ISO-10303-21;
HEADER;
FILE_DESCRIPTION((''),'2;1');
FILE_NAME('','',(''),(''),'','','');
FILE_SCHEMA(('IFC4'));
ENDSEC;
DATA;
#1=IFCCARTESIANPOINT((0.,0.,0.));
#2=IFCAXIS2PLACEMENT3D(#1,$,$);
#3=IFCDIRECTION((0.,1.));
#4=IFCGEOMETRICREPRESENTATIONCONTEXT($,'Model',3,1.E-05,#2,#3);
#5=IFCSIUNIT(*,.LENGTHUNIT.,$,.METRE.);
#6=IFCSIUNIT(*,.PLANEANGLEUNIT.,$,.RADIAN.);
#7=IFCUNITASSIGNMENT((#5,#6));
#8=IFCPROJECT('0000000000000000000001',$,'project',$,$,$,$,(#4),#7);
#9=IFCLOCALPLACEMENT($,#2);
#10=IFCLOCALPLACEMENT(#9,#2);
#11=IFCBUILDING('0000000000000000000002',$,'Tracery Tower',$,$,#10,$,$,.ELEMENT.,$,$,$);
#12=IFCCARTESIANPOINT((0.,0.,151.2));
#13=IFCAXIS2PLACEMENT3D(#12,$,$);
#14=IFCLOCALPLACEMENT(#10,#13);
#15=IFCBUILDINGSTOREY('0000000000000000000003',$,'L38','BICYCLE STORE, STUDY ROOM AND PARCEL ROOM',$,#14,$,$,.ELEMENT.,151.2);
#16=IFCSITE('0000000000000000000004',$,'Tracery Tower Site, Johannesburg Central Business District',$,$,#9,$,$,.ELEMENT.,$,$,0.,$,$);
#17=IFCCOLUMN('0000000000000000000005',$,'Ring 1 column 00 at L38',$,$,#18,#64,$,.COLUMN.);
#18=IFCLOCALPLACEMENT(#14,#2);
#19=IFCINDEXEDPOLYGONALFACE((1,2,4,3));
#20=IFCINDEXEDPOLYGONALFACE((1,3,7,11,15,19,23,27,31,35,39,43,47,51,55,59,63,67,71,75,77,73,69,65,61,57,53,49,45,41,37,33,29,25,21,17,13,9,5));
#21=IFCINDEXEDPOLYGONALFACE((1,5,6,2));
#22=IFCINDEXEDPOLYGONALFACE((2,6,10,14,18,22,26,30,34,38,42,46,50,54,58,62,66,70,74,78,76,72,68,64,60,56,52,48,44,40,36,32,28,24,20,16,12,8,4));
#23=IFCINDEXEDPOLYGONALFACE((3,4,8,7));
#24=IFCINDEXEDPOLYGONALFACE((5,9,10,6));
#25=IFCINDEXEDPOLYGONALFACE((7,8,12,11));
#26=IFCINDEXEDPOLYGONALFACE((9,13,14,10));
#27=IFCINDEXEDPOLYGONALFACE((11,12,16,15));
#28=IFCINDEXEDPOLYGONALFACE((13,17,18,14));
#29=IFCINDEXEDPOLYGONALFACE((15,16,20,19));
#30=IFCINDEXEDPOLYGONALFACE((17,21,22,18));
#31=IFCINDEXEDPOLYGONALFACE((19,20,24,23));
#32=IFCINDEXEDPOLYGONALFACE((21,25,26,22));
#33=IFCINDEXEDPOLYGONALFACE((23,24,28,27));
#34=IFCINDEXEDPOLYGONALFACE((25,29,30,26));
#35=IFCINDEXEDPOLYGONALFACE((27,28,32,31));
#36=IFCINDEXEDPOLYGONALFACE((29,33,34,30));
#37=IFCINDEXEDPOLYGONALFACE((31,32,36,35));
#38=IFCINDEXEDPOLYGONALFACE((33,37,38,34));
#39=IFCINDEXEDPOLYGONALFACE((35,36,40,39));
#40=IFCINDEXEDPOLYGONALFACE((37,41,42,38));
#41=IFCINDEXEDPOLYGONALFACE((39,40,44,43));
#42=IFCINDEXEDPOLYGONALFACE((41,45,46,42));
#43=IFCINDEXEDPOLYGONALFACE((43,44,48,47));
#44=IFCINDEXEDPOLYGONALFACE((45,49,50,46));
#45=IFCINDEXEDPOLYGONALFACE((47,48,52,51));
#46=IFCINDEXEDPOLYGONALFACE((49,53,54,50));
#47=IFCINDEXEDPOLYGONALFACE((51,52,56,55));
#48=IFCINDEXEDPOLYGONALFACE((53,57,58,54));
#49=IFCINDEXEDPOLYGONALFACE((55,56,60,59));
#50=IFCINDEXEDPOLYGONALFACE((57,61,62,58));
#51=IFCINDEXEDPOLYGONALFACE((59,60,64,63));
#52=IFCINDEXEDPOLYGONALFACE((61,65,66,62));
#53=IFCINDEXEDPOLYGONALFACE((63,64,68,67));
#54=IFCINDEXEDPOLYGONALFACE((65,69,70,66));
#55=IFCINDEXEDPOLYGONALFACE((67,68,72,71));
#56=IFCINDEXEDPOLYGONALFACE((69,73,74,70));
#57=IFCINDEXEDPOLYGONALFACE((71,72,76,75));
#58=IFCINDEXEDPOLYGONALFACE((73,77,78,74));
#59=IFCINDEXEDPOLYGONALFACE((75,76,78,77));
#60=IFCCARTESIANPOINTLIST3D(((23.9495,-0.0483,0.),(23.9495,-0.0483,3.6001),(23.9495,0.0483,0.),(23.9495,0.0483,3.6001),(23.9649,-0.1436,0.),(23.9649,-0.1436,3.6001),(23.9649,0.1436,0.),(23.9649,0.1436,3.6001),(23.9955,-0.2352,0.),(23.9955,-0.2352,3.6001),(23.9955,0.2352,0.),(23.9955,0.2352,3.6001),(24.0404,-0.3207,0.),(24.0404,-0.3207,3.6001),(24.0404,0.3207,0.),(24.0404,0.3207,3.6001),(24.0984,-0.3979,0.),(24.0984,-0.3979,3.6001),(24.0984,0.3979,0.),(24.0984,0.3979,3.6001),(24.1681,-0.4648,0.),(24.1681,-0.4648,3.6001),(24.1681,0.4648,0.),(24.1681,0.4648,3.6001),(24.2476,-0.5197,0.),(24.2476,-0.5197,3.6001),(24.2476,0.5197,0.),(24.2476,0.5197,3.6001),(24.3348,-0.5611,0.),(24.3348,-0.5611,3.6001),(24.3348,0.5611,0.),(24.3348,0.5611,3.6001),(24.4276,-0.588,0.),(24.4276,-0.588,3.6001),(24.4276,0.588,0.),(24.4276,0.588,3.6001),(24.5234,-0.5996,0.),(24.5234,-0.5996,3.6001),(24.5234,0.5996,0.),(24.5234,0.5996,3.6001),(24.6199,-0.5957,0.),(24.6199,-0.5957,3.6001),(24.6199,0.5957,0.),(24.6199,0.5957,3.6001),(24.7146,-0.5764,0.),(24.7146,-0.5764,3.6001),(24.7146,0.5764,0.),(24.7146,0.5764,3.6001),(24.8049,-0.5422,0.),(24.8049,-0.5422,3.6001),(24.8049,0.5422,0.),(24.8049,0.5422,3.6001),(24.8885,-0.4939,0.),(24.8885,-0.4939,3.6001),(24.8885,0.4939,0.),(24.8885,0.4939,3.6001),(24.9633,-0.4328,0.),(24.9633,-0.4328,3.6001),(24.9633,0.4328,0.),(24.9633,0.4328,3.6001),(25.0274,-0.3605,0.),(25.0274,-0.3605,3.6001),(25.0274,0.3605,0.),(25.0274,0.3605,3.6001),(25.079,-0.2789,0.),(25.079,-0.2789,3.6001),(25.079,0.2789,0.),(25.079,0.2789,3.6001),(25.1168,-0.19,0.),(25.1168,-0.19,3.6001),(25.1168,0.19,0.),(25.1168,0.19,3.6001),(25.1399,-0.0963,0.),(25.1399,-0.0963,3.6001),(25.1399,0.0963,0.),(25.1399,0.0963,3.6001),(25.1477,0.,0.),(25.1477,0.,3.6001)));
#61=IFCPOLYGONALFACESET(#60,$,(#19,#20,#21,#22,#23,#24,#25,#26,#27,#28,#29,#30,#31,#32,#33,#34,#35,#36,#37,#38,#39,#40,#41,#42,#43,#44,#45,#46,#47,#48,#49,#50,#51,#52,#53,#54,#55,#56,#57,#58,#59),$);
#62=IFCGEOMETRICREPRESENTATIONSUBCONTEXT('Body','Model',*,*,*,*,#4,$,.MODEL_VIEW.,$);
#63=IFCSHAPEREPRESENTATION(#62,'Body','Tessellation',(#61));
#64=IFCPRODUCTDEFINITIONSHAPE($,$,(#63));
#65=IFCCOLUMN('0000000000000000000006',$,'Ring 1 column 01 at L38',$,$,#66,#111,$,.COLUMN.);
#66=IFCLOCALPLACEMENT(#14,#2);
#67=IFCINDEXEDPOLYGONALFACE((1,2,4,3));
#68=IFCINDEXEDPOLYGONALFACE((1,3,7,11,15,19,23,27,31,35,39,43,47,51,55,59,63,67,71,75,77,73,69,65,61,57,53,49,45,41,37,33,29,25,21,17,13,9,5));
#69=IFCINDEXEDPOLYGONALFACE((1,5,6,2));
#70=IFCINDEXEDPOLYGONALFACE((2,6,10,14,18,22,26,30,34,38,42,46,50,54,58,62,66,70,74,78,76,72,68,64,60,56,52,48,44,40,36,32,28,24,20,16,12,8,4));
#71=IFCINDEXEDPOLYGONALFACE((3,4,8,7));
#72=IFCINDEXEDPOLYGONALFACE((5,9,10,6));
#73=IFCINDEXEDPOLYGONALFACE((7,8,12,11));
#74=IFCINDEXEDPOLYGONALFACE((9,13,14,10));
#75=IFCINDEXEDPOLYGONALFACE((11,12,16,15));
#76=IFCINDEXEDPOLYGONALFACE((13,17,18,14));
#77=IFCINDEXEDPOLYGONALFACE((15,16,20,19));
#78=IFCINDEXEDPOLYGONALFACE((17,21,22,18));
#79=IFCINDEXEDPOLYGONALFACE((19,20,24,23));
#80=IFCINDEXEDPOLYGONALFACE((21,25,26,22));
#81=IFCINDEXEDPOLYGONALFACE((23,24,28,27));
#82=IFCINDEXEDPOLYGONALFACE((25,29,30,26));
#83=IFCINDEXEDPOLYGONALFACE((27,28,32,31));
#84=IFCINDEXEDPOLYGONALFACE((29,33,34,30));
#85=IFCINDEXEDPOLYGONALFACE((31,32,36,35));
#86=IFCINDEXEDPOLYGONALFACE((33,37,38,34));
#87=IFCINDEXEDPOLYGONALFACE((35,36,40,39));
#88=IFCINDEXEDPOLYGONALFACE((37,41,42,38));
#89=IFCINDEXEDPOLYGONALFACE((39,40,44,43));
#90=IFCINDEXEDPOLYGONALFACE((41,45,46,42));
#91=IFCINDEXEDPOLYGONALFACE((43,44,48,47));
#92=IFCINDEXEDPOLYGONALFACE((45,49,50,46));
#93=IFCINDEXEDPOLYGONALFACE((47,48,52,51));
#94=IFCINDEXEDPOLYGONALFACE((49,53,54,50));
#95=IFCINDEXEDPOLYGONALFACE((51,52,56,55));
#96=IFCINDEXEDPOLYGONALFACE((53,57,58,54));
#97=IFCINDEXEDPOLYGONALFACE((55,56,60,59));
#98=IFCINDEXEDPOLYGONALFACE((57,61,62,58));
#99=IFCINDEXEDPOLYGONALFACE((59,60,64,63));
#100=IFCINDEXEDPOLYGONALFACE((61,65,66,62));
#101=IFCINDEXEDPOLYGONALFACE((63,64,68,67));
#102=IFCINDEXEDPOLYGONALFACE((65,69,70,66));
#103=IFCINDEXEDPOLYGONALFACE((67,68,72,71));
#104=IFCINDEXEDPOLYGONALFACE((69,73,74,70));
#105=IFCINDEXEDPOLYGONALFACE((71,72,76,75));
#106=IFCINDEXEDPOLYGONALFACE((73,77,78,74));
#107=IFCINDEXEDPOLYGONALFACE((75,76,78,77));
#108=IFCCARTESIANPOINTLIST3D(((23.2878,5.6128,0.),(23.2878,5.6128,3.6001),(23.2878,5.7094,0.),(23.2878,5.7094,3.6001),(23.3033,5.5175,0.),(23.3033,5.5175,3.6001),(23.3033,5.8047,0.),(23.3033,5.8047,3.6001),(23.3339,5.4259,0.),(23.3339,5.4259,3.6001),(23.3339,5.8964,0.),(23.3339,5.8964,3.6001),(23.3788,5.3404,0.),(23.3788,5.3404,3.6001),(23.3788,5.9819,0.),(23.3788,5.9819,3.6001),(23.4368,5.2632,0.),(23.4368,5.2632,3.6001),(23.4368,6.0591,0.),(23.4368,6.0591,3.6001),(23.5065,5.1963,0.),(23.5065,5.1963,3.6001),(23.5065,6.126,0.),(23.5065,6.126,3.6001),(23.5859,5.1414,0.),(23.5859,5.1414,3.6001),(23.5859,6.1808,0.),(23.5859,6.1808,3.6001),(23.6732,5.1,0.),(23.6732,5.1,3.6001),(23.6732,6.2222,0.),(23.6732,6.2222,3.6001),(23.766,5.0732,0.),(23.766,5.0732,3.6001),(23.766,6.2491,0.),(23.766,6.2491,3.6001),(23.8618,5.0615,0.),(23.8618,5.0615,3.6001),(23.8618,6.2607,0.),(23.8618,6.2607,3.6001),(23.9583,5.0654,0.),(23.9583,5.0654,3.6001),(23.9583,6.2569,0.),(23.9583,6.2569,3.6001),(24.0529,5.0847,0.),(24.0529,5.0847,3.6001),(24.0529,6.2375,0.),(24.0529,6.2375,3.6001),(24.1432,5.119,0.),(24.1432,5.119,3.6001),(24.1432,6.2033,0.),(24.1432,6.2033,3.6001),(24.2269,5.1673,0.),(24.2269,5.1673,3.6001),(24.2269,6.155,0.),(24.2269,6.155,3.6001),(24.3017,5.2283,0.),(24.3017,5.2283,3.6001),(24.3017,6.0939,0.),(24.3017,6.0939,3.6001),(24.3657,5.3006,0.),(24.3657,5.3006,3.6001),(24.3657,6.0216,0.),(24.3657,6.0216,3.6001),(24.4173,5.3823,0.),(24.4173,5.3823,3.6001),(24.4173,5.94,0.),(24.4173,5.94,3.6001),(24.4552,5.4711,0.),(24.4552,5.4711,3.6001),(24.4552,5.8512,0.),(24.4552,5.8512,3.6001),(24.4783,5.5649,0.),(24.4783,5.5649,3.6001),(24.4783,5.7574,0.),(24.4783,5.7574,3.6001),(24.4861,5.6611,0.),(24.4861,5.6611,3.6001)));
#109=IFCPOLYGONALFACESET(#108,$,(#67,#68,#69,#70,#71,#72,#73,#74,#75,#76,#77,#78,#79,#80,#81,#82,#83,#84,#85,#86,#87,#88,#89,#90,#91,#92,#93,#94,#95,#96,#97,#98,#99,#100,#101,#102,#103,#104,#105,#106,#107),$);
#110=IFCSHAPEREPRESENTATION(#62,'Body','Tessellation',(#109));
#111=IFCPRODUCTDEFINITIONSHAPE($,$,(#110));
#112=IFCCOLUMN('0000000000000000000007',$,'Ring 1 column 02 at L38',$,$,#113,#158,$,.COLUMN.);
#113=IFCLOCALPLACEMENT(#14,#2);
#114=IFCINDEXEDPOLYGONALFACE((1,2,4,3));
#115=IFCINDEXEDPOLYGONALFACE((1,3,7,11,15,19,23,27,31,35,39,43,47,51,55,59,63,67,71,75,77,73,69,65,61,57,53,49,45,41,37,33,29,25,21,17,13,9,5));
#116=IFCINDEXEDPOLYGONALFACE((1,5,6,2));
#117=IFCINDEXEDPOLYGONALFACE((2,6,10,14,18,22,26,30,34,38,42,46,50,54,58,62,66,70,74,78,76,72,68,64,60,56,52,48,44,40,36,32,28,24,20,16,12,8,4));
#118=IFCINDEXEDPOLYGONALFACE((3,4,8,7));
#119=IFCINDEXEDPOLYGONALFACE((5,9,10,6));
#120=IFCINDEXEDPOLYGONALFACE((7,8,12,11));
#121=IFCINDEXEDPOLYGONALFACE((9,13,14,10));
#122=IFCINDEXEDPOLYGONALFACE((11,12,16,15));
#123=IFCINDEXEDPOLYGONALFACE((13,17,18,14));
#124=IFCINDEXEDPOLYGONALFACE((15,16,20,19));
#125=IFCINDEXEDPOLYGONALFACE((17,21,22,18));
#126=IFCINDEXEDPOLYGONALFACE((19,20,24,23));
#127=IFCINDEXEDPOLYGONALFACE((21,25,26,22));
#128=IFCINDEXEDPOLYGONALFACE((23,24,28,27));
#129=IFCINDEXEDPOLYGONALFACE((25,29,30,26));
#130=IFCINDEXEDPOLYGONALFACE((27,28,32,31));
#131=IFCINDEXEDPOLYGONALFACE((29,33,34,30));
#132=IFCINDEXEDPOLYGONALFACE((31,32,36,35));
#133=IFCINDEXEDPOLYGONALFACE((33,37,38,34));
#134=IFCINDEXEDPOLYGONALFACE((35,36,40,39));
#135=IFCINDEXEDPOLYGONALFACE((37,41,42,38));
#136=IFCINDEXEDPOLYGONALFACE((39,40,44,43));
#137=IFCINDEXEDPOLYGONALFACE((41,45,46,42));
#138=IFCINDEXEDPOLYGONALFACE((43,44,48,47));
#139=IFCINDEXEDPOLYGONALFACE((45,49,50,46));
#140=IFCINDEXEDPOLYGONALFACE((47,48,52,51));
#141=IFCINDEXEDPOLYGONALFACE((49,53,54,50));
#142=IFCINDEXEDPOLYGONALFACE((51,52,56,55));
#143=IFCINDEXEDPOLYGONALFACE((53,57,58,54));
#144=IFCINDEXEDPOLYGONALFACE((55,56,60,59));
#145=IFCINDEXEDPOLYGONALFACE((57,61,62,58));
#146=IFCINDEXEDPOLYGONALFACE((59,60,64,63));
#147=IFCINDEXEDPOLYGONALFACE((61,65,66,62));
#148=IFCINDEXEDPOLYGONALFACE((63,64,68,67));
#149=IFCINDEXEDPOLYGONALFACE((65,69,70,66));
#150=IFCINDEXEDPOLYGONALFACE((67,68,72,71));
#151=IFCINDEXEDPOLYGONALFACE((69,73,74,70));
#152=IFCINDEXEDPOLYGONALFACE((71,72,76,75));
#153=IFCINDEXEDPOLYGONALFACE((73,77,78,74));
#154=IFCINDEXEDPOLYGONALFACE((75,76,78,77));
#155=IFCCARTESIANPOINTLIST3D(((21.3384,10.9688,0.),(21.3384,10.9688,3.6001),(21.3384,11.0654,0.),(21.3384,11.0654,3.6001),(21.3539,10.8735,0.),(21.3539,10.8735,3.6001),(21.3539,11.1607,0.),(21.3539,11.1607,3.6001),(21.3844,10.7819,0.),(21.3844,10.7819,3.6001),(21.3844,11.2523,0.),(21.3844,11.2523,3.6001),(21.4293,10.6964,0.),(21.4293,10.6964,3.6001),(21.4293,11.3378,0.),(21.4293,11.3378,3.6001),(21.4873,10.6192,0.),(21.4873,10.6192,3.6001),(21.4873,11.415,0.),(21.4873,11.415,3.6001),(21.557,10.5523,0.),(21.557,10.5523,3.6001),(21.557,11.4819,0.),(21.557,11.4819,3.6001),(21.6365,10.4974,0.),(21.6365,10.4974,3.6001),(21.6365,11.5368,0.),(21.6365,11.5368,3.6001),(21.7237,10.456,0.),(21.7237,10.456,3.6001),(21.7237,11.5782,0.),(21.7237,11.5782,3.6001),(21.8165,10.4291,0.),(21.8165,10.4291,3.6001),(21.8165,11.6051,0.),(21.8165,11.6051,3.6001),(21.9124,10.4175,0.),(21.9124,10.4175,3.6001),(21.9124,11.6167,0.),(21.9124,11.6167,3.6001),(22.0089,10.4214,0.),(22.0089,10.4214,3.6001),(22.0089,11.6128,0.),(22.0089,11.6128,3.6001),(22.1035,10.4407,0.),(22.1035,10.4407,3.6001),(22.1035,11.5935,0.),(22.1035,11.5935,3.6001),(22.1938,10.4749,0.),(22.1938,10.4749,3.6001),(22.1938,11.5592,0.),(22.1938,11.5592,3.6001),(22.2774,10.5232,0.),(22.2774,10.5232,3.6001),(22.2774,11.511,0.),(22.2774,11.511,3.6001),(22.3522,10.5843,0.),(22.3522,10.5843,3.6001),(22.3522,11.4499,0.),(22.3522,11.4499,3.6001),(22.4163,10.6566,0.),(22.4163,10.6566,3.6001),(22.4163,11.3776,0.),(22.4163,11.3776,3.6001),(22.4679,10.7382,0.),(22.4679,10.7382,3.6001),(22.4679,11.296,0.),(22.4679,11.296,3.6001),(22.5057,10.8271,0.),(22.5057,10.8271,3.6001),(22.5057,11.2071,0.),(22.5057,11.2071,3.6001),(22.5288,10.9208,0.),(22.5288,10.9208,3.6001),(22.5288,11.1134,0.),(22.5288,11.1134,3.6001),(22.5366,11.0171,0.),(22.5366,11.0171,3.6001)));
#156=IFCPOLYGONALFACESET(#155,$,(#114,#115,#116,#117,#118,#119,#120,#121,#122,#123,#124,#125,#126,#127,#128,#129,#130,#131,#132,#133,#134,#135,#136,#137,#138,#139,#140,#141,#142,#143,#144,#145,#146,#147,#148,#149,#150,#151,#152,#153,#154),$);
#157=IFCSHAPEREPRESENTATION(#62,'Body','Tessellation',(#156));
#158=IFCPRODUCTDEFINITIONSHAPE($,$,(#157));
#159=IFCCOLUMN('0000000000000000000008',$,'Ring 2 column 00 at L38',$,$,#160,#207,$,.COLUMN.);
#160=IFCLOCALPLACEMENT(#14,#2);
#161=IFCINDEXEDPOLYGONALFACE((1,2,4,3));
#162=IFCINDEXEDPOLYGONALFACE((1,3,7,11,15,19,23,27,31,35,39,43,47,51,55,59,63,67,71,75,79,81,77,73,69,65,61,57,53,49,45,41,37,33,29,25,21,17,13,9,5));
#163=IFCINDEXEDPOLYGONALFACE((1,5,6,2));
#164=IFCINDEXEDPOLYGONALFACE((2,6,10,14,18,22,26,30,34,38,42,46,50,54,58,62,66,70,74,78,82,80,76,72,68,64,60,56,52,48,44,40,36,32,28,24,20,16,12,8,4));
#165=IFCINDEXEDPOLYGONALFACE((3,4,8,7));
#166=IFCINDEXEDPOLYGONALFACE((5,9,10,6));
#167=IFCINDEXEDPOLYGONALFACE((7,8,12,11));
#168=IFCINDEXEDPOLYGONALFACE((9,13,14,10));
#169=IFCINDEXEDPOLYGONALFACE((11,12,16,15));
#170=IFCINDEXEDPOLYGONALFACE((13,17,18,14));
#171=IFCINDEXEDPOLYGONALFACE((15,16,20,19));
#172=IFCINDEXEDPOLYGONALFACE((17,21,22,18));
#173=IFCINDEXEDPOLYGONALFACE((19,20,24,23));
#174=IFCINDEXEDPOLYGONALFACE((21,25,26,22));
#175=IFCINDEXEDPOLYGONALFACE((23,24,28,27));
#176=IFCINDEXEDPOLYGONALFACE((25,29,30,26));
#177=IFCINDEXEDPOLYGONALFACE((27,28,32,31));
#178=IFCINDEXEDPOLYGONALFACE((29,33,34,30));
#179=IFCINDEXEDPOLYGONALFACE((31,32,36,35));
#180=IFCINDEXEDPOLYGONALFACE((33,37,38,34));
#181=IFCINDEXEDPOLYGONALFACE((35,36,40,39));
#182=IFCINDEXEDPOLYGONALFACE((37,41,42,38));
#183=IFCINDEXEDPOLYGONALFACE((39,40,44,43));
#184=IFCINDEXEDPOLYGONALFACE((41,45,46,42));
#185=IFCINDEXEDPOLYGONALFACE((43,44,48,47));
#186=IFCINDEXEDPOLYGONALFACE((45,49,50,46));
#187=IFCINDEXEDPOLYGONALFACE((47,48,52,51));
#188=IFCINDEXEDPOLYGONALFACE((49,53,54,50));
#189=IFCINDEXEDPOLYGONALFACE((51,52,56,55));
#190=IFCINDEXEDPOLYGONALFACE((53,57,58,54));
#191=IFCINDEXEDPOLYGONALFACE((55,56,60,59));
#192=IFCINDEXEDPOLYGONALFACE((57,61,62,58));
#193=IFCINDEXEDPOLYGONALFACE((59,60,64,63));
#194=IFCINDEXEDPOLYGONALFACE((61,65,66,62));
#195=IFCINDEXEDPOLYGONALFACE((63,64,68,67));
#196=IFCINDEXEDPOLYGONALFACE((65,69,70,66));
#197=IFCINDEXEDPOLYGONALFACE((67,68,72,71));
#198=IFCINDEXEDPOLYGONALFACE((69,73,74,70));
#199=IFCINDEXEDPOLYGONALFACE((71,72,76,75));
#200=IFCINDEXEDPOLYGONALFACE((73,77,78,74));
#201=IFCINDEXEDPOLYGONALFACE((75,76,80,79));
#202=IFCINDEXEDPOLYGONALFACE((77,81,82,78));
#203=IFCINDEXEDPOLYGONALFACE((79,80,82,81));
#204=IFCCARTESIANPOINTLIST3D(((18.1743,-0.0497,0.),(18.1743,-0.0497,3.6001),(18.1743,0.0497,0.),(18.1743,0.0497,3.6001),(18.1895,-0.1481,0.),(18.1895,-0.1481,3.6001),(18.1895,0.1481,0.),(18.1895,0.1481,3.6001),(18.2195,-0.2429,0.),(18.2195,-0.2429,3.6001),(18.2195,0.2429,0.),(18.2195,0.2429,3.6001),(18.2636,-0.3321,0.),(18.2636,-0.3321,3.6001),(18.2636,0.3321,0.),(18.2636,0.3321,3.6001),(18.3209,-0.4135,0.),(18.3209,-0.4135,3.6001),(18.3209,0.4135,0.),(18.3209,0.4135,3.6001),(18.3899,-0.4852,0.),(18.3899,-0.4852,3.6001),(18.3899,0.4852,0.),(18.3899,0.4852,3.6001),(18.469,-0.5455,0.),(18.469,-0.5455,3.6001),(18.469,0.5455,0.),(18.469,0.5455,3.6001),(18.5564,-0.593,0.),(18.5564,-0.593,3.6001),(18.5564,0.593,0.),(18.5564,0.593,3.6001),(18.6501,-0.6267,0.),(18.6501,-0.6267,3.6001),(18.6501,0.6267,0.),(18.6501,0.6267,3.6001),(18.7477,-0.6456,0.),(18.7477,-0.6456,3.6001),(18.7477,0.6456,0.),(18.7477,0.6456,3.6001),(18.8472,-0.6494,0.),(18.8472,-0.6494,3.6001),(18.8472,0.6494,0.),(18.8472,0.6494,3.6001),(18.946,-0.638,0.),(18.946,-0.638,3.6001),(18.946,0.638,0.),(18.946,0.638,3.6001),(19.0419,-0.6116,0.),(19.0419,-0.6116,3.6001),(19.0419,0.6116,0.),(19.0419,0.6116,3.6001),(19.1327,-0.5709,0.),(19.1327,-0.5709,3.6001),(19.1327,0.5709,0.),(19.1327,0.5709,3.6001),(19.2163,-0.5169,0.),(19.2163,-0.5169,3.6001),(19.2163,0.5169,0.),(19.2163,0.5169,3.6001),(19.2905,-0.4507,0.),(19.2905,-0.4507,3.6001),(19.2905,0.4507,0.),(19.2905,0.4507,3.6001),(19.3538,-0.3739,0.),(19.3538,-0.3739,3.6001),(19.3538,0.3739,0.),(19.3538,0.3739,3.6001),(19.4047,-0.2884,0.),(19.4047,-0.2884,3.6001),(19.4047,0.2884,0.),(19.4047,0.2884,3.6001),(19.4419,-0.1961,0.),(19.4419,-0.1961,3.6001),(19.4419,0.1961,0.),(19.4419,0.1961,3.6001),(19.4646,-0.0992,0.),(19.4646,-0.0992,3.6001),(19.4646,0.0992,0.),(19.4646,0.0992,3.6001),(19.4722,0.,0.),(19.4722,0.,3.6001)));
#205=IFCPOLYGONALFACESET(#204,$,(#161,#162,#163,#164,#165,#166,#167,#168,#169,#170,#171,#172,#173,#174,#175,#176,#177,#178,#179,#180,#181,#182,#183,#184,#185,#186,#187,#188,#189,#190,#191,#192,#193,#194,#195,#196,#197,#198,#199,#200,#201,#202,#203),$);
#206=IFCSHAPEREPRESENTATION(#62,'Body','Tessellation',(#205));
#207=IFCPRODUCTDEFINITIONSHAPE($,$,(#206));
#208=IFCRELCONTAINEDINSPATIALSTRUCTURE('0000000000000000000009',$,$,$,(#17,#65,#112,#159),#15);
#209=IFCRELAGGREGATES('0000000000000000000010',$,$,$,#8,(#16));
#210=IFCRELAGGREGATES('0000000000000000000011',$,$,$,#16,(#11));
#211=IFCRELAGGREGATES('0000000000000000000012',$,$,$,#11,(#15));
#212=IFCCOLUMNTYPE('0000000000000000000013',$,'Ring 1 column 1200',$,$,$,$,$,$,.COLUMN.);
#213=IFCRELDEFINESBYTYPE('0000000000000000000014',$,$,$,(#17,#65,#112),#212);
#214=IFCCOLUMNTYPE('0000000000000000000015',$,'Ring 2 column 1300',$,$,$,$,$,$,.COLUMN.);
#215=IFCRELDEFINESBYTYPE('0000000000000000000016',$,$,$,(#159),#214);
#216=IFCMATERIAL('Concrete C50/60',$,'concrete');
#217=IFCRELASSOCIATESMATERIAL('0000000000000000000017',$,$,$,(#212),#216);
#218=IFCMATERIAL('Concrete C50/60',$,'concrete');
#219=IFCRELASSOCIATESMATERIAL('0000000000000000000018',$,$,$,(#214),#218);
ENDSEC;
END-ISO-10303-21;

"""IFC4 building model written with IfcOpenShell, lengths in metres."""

from ifc_helpers import new_model, si_unit, direction, frame, origin, origin_2d, place, context, subcontext, project, spatial, circle, extrude, material, material_profile, profile_set, type_object, element, save


model = new_model("IFC4")

# Units and contexts
model_context = context("Model", 3, precision=1e-05, world=origin(), true_north=direction((0.0, 1.0)))
body_context = subcontext(model_context, "Body", "Model", "MODEL_VIEW")
ifc_project = project(units=[si_unit("LENGTHUNIT", "METRE"), si_unit("PLANEANGLEUNIT", "RADIAN")], contexts=[model_context])

# Site, building, storey
site_placement = place(None, origin())
site = spatial("IfcSite", under=ifc_project, at=site_placement, Name="Tracery Tower Site, Johannesburg Central Business District", CompositionType="ELEMENT", RefElevation=0.0)
building_placement = place(site_placement, origin())
building = spatial("IfcBuilding", under=site, at=building_placement, Name="Tracery Tower", CompositionType="ELEMENT")
storey_placement = place(building_placement, frame((0.0, 0.0, 151.2)))
storey = spatial("IfcBuildingStorey", under=building, at=storey_placement, Name="L38", Description="BICYCLE STORE, STUDY ROOM AND PARCEL ROOM", CompositionType="ELEMENT", Elevation=151.2)

# Columns
ifc_material_1 = material(Name="Concrete C50/60", Category="concrete")
ifc_material_profile_1 = material_profile(ifc_material_1, circle(Radius=0.6001, at=origin_2d()), Name="RC D1200")
ifc_profile_set_1 = profile_set([ifc_material_profile_1], Name="Concrete C50/60")
column_type_1 = type_object("IfcColumnType", Name="Ring 1 column 1200", PredefinedType="COLUMN", material=ifc_profile_set_1)
for number, where, z_axis, x_axis, name in (
    (1, (24.5476, 0.0, 0.0), (0.0, 0.0, 1.0), (1.0, 0.0, 0.0), "Ring 1 column 00 at L38"),
    (2, (23.886, 5.6611, 0.0), (0.0, 0.0, 1.0), (1.0, 0.0, 0.0), "Ring 1 column 01 at L38"),
    (3, (21.9365, 11.0171, 0.0), (0.0, 0.0, 1.0), (1.0, 0.0, 0.0), "Ring 1 column 02 at L38"),
):
    element("IfcColumn", number, at=place(storey_placement, frame(where, z_axis=z_axis, x_axis=x_axis)), inside=storey, type_object=column_type_1, Name=name, PredefinedType="COLUMN", context=body_context, shape_type="SweptSolid", body=[
        extrude(circle(Radius=0.6001, at=origin_2d()), origin(), (0.0, 0.0, 1.0), 3.6001),
    ])
ifc_material_2 = material(Name="Concrete C50/60", Category="concrete")
ifc_material_profile_2 = material_profile(ifc_material_2, circle(Radius=0.6499, at=origin_2d()), Name="RC D1300")
ifc_profile_set_2 = profile_set([ifc_material_profile_2], Name="Concrete C50/60")
column_type_2 = type_object("IfcColumnType", Name="Ring 2 column 1300", PredefinedType="COLUMN", material=ifc_profile_set_2)
for number, where, z_axis, x_axis, name in (
    (4, (18.8223, 0.0, 0.0), (0.0, 0.0, 1.0), (1.0, 0.0, 0.0), "Ring 2 column 00 at L38"),
):
    element("IfcColumn", number, at=place(storey_placement, frame(where, z_axis=z_axis, x_axis=x_axis)), inside=storey, type_object=column_type_2, Name=name, PredefinedType="COLUMN", context=body_context, shape_type="SweptSolid", body=[
        extrude(circle(Radius=0.6499, at=origin_2d()), origin(), (0.0, 0.0, 1.0), 3.6001),
    ])

save(model, "model.ifc")
